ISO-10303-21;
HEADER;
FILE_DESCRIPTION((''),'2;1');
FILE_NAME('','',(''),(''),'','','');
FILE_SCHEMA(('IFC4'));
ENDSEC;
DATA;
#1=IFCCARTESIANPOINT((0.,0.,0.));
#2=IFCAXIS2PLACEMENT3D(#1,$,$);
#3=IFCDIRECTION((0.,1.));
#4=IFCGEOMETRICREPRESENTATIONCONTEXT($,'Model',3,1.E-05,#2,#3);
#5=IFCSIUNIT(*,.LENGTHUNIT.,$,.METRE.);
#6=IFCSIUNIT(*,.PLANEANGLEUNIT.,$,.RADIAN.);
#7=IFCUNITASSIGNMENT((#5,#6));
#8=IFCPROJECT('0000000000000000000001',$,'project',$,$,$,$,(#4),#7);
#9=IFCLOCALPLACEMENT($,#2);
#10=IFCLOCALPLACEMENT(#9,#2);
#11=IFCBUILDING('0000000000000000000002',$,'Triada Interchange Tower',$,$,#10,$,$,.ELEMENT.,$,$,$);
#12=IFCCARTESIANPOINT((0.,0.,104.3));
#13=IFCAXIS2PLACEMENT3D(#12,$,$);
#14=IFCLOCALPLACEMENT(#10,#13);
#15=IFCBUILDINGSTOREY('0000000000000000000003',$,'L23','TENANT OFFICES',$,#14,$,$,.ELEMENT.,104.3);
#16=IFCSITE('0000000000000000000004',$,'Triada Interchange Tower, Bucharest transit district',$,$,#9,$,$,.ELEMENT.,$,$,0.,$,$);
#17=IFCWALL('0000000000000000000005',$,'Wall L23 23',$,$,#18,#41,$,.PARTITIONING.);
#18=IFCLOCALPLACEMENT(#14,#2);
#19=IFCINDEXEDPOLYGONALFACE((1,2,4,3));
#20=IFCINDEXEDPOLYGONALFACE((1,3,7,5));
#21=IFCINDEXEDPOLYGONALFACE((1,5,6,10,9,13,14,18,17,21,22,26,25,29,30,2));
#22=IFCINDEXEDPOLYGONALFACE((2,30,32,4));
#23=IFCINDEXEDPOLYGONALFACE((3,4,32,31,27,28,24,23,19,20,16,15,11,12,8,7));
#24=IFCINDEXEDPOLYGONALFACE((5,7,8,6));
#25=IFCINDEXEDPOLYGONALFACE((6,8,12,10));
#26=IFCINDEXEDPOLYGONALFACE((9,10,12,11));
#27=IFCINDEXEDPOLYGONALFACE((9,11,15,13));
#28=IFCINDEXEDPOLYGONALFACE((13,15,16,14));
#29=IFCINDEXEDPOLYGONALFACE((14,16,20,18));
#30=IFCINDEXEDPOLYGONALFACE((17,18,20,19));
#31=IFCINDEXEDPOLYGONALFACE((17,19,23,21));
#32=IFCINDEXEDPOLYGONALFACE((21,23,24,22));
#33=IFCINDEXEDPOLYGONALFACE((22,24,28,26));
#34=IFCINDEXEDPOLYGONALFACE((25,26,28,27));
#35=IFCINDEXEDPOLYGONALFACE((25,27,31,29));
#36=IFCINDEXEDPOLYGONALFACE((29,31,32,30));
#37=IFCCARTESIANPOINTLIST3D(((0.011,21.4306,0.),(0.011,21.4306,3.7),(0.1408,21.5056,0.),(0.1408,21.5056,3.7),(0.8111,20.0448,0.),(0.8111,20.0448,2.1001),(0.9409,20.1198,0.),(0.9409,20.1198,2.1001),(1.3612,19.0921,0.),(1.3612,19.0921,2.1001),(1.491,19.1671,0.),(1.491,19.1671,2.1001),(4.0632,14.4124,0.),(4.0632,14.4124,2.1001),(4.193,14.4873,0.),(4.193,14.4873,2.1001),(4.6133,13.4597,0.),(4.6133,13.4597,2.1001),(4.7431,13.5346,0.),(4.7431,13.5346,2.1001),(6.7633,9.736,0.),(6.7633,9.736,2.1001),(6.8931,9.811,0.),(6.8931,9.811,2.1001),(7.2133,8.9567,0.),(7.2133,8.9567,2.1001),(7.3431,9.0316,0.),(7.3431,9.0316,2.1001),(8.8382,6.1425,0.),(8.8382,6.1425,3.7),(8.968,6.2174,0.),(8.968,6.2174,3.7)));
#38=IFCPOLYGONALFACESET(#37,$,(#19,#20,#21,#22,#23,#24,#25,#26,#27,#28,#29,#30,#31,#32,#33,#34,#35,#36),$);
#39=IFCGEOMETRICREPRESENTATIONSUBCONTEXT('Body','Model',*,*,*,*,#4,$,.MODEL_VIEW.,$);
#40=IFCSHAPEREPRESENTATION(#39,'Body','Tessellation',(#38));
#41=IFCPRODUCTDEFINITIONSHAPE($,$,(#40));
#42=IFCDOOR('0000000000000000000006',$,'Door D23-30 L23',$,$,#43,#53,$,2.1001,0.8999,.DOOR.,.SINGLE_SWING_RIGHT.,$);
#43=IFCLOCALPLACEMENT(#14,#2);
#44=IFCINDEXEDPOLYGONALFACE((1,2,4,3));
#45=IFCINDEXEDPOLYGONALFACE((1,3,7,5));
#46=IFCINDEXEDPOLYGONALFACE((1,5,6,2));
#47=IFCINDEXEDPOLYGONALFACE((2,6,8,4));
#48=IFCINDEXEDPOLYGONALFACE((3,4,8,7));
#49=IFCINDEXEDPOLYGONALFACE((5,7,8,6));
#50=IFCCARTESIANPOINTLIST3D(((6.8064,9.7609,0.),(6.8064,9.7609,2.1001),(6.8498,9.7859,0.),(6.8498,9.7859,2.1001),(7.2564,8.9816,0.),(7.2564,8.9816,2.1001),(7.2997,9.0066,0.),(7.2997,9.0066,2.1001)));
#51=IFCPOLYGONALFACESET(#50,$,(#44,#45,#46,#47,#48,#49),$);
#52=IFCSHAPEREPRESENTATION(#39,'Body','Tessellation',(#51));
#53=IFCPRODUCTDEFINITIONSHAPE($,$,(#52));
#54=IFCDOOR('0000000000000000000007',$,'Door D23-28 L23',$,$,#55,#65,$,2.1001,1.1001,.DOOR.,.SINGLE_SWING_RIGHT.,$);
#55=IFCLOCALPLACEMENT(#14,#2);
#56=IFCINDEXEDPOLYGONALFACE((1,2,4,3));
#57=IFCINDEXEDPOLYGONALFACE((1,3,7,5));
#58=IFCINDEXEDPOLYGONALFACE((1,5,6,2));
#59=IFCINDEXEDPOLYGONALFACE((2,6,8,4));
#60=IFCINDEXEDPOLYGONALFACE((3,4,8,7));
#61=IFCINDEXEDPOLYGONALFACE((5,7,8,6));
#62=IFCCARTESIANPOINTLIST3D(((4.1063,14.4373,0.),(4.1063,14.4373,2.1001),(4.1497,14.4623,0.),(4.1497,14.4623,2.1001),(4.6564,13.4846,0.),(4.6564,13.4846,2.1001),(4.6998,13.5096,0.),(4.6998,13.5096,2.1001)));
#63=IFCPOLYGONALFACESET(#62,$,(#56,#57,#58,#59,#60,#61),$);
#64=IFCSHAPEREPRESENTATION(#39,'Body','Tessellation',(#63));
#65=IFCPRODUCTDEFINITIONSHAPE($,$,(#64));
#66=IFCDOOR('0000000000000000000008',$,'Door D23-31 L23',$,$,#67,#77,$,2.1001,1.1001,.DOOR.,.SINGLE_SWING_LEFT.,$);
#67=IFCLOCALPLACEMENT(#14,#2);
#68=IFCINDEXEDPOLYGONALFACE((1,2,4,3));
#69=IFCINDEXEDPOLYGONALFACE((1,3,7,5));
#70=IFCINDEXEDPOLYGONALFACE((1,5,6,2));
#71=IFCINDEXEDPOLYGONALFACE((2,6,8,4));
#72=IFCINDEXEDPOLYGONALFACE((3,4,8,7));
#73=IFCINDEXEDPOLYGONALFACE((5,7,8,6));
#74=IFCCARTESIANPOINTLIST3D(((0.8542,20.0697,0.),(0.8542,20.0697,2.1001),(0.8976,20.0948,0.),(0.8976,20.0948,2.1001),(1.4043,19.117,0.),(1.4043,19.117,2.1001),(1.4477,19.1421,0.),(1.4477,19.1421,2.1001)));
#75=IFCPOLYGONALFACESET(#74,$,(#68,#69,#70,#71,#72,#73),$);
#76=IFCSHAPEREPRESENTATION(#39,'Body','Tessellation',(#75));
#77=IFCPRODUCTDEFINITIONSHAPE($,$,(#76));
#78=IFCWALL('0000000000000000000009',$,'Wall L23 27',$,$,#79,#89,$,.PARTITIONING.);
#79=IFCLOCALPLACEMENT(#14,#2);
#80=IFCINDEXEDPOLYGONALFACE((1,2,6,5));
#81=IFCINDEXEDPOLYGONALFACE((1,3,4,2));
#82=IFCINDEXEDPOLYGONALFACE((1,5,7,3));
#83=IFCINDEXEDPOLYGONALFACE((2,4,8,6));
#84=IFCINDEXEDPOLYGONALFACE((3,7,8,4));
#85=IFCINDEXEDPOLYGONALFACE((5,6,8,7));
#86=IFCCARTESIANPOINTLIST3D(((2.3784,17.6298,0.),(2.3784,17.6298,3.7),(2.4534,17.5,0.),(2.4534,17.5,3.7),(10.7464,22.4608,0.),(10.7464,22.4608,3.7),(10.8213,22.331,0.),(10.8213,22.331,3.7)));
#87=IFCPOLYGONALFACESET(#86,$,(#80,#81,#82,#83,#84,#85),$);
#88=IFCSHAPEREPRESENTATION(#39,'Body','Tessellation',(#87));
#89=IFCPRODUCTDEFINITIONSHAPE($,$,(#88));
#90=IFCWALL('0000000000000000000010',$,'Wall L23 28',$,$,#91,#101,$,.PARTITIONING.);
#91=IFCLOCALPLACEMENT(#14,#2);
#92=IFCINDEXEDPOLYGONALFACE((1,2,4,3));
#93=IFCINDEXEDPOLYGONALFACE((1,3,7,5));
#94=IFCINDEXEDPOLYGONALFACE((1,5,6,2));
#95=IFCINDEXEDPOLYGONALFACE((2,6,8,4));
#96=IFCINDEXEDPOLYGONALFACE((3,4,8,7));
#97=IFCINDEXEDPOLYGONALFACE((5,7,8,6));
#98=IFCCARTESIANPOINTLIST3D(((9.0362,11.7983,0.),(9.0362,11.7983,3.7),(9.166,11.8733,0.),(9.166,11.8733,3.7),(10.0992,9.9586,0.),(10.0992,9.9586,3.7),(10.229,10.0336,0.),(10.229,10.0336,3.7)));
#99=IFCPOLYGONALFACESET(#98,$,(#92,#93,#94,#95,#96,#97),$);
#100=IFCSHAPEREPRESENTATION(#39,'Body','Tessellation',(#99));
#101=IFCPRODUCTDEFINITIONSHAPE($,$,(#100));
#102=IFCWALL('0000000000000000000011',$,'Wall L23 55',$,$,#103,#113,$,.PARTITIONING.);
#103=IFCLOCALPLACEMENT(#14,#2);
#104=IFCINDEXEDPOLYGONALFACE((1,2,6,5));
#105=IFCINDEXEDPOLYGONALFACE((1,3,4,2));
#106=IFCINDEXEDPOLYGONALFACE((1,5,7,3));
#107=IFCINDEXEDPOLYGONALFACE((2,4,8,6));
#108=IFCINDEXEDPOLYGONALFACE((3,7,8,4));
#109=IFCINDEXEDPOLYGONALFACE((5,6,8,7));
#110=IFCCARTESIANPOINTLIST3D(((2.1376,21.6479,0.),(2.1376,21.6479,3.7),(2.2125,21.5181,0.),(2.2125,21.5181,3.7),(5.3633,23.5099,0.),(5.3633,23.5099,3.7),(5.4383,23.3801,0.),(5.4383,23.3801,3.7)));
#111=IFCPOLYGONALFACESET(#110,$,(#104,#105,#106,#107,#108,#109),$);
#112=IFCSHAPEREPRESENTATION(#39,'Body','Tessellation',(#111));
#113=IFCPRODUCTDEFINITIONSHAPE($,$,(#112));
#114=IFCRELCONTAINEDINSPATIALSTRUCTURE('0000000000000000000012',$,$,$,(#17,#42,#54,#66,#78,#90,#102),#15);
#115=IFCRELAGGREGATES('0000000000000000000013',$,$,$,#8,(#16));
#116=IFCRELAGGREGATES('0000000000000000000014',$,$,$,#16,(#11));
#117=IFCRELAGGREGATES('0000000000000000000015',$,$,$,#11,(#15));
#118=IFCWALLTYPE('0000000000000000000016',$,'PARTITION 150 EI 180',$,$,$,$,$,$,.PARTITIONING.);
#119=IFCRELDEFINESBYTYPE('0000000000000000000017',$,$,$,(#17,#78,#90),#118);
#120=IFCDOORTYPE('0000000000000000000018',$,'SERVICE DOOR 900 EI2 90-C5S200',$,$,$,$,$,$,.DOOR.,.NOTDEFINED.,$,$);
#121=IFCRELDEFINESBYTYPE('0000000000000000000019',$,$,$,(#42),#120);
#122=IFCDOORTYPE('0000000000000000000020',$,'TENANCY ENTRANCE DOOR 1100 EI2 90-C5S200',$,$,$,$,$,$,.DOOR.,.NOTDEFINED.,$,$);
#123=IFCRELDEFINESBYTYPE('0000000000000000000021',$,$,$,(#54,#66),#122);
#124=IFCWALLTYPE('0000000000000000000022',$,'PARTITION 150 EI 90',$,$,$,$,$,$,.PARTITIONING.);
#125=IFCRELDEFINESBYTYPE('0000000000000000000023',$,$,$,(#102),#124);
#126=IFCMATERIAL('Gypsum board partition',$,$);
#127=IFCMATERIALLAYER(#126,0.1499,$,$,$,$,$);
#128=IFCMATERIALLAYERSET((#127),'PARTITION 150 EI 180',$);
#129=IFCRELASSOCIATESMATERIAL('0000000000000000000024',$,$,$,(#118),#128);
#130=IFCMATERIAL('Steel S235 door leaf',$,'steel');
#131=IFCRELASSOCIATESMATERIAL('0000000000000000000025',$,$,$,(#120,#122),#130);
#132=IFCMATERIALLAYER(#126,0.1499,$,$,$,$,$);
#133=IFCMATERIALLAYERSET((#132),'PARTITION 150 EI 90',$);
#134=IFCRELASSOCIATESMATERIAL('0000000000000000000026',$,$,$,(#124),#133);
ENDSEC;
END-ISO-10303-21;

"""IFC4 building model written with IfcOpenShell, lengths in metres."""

from ifc_helpers import new_model, si_unit, direction, frame, frame_2d, origin, place, context, subcontext, project, spatial, rectangle, extrude, material, layer, layer_set, type_object, element, fill, save


model = new_model("IFC4")

# Units and contexts
model_context = context("Model", 3, precision=1e-05, world=origin(), true_north=direction((0.0, 1.0)))
body_context = subcontext(model_context, "Body", "Model", "MODEL_VIEW")
ifc_project = project(units=[si_unit("LENGTHUNIT", "METRE"), si_unit("PLANEANGLEUNIT", "RADIAN")], contexts=[model_context])

# Site, building, storey
site_placement = place(None, origin())
site = spatial("IfcSite", under=ifc_project, at=site_placement, Name="Triada Interchange Tower, Bucharest transit district", CompositionType="ELEMENT", RefElevation=0.0)
building_placement = place(site_placement, origin())
building = spatial("IfcBuilding", under=site, at=building_placement, Name="Triada Interchange Tower", CompositionType="ELEMENT")
storey_placement = place(building_placement, frame((0.0, 0.0, 104.3)))
storey = spatial("IfcBuildingStorey", under=building, at=storey_placement, Name="L23", Description="TENANT OFFICES", CompositionType="ELEMENT", Elevation=104.3)

# Shared definitions
ifc_material_1 = material(Name="Steel S235 door leaf", Category="steel")

# Shared definitions
ifc_material_2 = material(Name="Gypsum board partition")
ifc_layer_1 = layer(ifc_material_2, 0.1499)
ifc_layer_set_1 = layer_set([ifc_layer_1], Name="PARTITION 150 EI 180")
wall_type_1 = type_object("IfcWallType", Name="PARTITION 150 EI 180", PredefinedType="PARTITIONING", material=ifc_layer_set_1)

# Wall, openings, doors
wall_1_placement = place(storey_placement, frame((0.0759, 21.468, 0.0), z_axis=(0.0, 0.0, 1.0), x_axis=(0.500024, -0.866011, 0.0)))
wall_1 = element("IfcWall", 1, at=wall_1_placement, inside=storey, type_object=wall_type_1, Name="Wall L23 23", PredefinedType="PARTITIONING", context=body_context, shape_type="SweptSolid", body=[
    extrude(rectangle(XDim=17.6536, YDim=0.1499, at=frame_2d((8.8267, 0.0))), origin(), (0.0, 0.0, 1.0), 3.7),
])
opening_1_placement = place(wall_1_placement, frame((8.104, 0.0, 0.0)))
opening_1 = element("IfcOpeningElement", 2, at=opening_1_placement, cuts=wall_1, PredefinedType="OPENING", context=body_context, shape_type="SweptSolid", body=[
    extrude(rectangle(XDim=1.1001, YDim=2.1001, at=frame_2d((0.55, 1.05))), frame((0.0, 0.085, 0.0), z_axis=(0.0, -1.0, 0.0), x_axis=(1.0, 0.0, 0.0)), (0.0, 0.0, 1.0), 0.1699),
])
opening_2_placement = place(wall_1_placement, frame((13.5039, 0.0, 0.0)))
opening_2 = element("IfcOpeningElement", 3, at=opening_2_placement, cuts=wall_1, PredefinedType="OPENING", context=body_context, shape_type="SweptSolid", body=[
    extrude(rectangle(XDim=0.8999, YDim=2.1001, at=frame_2d((0.45, 1.05))), frame((0.0, 0.085, 0.0), z_axis=(0.0, -1.0, 0.0), x_axis=(1.0, 0.0, 0.0)), (0.0, 0.0, 1.0), 0.1699),
])
opening_3_placement = place(wall_1_placement, frame((1.6001, 0.0, 0.0)))
opening_3 = element("IfcOpeningElement", 4, at=opening_3_placement, cuts=wall_1, PredefinedType="OPENING", context=body_context, shape_type="SweptSolid", body=[
    extrude(rectangle(XDim=1.1001, YDim=2.1001, at=frame_2d((0.55, 1.05))), frame((0.0, 0.085, 0.0), z_axis=(0.0, -1.0, 0.0), x_axis=(1.0, 0.0, 0.0)), (0.0, 0.0, 1.0), 0.1699),
])
door_type_1 = type_object("IfcDoorType", Name="SERVICE DOOR 900 EI2 90-C5S200", OperationType="NOTDEFINED", PredefinedType="DOOR", material=ifc_material_1)
door_1_placement = place(opening_2_placement, origin())
door_1 = element("IfcDoor", 5, at=door_1_placement, inside=storey, type_object=door_type_1, Name="Door D23-30 L23", OperationType="SINGLE_SWING_RIGHT", OverallHeight=2.1001, OverallWidth=0.8999, PredefinedType="DOOR", context=body_context, shape_type="SweptSolid", body=[
    extrude(rectangle(XDim=0.8999, YDim=2.1001, at=frame_2d((0.45, 1.05))), frame((0.0, 0.0249, 0.0), z_axis=(0.0, -1.0, 0.0), x_axis=(1.0, 0.0, 0.0)), (0.0, 0.0, 1.0), 0.05),
])
fill(opening_2, door_1)
door_type_2 = type_object("IfcDoorType", Name="TENANCY ENTRANCE DOOR 1100 EI2 90-C5S200", OperationType="NOTDEFINED", PredefinedType="DOOR", material=ifc_material_1)
door_2_placement = place(opening_1_placement, origin())
door_2 = element("IfcDoor", 6, at=door_2_placement, inside=storey, type_object=door_type_2, Name="Door D23-28 L23", OperationType="SINGLE_SWING_RIGHT", OverallHeight=2.1001, OverallWidth=1.1001, PredefinedType="DOOR", context=body_context, shape_type="SweptSolid", body=[
    extrude(rectangle(XDim=1.1001, YDim=2.1001, at=frame_2d((0.55, 1.05))), frame((0.0, 0.0249, 0.0), z_axis=(0.0, -1.0, 0.0), x_axis=(1.0, 0.0, 0.0)), (0.0, 0.0, 1.0), 0.05),
])
fill(opening_1, door_2)
door_3_placement = place(opening_3_placement, origin())
door_3 = element("IfcDoor", 7, at=door_3_placement, inside=storey, type_object=door_type_2, Name="Door D23-31 L23", OperationType="SINGLE_SWING_LEFT", OverallHeight=2.1001, OverallWidth=1.1001, PredefinedType="DOOR", context=body_context, shape_type="SweptSolid", body=[
    extrude(rectangle(XDim=1.1001, YDim=2.1001, at=frame_2d((0.55, 1.05))), frame((0.0, 0.0249, 0.0), z_axis=(0.0, -1.0, 0.0), x_axis=(1.0, 0.0, 0.0)), (0.0, 0.0, 1.0), 0.05),
])
fill(opening_3, door_3)

# Walls
wall_2_placement = place(storey_placement, frame((2.416, 17.5649, 0.0), z_axis=(0.0, 0.0, 1.0), x_axis=(0.866033, 0.499987, 0.0)))
element("IfcWall", 8, at=wall_2_placement, inside=storey, type_object=wall_type_1, Name="Wall L23 27", PredefinedType="PARTITIONING", context=body_context, shape_type="SweptSolid", body=[
    extrude(rectangle(XDim=9.6624, YDim=0.1499, at=frame_2d((4.8311, 0.0))), origin(), (0.0, 0.0, 1.0), 3.7),
])
wall_3_placement = place(storey_placement, frame((9.1011, 11.8359, 0.0), z_axis=(0.0, 0.0, 1.0), x_axis=(0.500266, -0.865872, 0.0)))
element("IfcWall", 9, at=wall_3_placement, inside=storey, type_object=wall_type_1, Name="Wall L23 28", PredefinedType="PARTITIONING", context=body_context, shape_type="SweptSolid", body=[
    extrude(rectangle(XDim=2.1248, YDim=0.1499, at=frame_2d((1.0625, 0.0))), origin(), (0.0, 0.0, 1.0), 3.7),
])
ifc_layer_2 = layer(ifc_material_2, 0.1499)
ifc_layer_set_2 = layer_set([ifc_layer_2], Name="PARTITION 150 EI 90")
wall_type_2 = type_object("IfcWallType", Name="PARTITION 150 EI 90", PredefinedType="PARTITIONING", material=ifc_layer_set_2)
wall_4_placement = place(storey_placement, frame((2.175, 21.583, 0.0), z_axis=(0.0, 0.0, 1.0), x_axis=(0.866069, 0.499925, 0.0)))
element("IfcWall", 10, at=wall_4_placement, inside=storey, type_object=wall_type_2, Name="Wall L23 55", PredefinedType="PARTITIONING", context=body_context, shape_type="SweptSolid", body=[
    extrude(rectangle(XDim=3.7246, YDim=0.1499, at=frame_2d((1.8623, 0.0))), origin(), (0.0, 0.0, 1.0), 3.7),
])

save(model, "model.ifc")
